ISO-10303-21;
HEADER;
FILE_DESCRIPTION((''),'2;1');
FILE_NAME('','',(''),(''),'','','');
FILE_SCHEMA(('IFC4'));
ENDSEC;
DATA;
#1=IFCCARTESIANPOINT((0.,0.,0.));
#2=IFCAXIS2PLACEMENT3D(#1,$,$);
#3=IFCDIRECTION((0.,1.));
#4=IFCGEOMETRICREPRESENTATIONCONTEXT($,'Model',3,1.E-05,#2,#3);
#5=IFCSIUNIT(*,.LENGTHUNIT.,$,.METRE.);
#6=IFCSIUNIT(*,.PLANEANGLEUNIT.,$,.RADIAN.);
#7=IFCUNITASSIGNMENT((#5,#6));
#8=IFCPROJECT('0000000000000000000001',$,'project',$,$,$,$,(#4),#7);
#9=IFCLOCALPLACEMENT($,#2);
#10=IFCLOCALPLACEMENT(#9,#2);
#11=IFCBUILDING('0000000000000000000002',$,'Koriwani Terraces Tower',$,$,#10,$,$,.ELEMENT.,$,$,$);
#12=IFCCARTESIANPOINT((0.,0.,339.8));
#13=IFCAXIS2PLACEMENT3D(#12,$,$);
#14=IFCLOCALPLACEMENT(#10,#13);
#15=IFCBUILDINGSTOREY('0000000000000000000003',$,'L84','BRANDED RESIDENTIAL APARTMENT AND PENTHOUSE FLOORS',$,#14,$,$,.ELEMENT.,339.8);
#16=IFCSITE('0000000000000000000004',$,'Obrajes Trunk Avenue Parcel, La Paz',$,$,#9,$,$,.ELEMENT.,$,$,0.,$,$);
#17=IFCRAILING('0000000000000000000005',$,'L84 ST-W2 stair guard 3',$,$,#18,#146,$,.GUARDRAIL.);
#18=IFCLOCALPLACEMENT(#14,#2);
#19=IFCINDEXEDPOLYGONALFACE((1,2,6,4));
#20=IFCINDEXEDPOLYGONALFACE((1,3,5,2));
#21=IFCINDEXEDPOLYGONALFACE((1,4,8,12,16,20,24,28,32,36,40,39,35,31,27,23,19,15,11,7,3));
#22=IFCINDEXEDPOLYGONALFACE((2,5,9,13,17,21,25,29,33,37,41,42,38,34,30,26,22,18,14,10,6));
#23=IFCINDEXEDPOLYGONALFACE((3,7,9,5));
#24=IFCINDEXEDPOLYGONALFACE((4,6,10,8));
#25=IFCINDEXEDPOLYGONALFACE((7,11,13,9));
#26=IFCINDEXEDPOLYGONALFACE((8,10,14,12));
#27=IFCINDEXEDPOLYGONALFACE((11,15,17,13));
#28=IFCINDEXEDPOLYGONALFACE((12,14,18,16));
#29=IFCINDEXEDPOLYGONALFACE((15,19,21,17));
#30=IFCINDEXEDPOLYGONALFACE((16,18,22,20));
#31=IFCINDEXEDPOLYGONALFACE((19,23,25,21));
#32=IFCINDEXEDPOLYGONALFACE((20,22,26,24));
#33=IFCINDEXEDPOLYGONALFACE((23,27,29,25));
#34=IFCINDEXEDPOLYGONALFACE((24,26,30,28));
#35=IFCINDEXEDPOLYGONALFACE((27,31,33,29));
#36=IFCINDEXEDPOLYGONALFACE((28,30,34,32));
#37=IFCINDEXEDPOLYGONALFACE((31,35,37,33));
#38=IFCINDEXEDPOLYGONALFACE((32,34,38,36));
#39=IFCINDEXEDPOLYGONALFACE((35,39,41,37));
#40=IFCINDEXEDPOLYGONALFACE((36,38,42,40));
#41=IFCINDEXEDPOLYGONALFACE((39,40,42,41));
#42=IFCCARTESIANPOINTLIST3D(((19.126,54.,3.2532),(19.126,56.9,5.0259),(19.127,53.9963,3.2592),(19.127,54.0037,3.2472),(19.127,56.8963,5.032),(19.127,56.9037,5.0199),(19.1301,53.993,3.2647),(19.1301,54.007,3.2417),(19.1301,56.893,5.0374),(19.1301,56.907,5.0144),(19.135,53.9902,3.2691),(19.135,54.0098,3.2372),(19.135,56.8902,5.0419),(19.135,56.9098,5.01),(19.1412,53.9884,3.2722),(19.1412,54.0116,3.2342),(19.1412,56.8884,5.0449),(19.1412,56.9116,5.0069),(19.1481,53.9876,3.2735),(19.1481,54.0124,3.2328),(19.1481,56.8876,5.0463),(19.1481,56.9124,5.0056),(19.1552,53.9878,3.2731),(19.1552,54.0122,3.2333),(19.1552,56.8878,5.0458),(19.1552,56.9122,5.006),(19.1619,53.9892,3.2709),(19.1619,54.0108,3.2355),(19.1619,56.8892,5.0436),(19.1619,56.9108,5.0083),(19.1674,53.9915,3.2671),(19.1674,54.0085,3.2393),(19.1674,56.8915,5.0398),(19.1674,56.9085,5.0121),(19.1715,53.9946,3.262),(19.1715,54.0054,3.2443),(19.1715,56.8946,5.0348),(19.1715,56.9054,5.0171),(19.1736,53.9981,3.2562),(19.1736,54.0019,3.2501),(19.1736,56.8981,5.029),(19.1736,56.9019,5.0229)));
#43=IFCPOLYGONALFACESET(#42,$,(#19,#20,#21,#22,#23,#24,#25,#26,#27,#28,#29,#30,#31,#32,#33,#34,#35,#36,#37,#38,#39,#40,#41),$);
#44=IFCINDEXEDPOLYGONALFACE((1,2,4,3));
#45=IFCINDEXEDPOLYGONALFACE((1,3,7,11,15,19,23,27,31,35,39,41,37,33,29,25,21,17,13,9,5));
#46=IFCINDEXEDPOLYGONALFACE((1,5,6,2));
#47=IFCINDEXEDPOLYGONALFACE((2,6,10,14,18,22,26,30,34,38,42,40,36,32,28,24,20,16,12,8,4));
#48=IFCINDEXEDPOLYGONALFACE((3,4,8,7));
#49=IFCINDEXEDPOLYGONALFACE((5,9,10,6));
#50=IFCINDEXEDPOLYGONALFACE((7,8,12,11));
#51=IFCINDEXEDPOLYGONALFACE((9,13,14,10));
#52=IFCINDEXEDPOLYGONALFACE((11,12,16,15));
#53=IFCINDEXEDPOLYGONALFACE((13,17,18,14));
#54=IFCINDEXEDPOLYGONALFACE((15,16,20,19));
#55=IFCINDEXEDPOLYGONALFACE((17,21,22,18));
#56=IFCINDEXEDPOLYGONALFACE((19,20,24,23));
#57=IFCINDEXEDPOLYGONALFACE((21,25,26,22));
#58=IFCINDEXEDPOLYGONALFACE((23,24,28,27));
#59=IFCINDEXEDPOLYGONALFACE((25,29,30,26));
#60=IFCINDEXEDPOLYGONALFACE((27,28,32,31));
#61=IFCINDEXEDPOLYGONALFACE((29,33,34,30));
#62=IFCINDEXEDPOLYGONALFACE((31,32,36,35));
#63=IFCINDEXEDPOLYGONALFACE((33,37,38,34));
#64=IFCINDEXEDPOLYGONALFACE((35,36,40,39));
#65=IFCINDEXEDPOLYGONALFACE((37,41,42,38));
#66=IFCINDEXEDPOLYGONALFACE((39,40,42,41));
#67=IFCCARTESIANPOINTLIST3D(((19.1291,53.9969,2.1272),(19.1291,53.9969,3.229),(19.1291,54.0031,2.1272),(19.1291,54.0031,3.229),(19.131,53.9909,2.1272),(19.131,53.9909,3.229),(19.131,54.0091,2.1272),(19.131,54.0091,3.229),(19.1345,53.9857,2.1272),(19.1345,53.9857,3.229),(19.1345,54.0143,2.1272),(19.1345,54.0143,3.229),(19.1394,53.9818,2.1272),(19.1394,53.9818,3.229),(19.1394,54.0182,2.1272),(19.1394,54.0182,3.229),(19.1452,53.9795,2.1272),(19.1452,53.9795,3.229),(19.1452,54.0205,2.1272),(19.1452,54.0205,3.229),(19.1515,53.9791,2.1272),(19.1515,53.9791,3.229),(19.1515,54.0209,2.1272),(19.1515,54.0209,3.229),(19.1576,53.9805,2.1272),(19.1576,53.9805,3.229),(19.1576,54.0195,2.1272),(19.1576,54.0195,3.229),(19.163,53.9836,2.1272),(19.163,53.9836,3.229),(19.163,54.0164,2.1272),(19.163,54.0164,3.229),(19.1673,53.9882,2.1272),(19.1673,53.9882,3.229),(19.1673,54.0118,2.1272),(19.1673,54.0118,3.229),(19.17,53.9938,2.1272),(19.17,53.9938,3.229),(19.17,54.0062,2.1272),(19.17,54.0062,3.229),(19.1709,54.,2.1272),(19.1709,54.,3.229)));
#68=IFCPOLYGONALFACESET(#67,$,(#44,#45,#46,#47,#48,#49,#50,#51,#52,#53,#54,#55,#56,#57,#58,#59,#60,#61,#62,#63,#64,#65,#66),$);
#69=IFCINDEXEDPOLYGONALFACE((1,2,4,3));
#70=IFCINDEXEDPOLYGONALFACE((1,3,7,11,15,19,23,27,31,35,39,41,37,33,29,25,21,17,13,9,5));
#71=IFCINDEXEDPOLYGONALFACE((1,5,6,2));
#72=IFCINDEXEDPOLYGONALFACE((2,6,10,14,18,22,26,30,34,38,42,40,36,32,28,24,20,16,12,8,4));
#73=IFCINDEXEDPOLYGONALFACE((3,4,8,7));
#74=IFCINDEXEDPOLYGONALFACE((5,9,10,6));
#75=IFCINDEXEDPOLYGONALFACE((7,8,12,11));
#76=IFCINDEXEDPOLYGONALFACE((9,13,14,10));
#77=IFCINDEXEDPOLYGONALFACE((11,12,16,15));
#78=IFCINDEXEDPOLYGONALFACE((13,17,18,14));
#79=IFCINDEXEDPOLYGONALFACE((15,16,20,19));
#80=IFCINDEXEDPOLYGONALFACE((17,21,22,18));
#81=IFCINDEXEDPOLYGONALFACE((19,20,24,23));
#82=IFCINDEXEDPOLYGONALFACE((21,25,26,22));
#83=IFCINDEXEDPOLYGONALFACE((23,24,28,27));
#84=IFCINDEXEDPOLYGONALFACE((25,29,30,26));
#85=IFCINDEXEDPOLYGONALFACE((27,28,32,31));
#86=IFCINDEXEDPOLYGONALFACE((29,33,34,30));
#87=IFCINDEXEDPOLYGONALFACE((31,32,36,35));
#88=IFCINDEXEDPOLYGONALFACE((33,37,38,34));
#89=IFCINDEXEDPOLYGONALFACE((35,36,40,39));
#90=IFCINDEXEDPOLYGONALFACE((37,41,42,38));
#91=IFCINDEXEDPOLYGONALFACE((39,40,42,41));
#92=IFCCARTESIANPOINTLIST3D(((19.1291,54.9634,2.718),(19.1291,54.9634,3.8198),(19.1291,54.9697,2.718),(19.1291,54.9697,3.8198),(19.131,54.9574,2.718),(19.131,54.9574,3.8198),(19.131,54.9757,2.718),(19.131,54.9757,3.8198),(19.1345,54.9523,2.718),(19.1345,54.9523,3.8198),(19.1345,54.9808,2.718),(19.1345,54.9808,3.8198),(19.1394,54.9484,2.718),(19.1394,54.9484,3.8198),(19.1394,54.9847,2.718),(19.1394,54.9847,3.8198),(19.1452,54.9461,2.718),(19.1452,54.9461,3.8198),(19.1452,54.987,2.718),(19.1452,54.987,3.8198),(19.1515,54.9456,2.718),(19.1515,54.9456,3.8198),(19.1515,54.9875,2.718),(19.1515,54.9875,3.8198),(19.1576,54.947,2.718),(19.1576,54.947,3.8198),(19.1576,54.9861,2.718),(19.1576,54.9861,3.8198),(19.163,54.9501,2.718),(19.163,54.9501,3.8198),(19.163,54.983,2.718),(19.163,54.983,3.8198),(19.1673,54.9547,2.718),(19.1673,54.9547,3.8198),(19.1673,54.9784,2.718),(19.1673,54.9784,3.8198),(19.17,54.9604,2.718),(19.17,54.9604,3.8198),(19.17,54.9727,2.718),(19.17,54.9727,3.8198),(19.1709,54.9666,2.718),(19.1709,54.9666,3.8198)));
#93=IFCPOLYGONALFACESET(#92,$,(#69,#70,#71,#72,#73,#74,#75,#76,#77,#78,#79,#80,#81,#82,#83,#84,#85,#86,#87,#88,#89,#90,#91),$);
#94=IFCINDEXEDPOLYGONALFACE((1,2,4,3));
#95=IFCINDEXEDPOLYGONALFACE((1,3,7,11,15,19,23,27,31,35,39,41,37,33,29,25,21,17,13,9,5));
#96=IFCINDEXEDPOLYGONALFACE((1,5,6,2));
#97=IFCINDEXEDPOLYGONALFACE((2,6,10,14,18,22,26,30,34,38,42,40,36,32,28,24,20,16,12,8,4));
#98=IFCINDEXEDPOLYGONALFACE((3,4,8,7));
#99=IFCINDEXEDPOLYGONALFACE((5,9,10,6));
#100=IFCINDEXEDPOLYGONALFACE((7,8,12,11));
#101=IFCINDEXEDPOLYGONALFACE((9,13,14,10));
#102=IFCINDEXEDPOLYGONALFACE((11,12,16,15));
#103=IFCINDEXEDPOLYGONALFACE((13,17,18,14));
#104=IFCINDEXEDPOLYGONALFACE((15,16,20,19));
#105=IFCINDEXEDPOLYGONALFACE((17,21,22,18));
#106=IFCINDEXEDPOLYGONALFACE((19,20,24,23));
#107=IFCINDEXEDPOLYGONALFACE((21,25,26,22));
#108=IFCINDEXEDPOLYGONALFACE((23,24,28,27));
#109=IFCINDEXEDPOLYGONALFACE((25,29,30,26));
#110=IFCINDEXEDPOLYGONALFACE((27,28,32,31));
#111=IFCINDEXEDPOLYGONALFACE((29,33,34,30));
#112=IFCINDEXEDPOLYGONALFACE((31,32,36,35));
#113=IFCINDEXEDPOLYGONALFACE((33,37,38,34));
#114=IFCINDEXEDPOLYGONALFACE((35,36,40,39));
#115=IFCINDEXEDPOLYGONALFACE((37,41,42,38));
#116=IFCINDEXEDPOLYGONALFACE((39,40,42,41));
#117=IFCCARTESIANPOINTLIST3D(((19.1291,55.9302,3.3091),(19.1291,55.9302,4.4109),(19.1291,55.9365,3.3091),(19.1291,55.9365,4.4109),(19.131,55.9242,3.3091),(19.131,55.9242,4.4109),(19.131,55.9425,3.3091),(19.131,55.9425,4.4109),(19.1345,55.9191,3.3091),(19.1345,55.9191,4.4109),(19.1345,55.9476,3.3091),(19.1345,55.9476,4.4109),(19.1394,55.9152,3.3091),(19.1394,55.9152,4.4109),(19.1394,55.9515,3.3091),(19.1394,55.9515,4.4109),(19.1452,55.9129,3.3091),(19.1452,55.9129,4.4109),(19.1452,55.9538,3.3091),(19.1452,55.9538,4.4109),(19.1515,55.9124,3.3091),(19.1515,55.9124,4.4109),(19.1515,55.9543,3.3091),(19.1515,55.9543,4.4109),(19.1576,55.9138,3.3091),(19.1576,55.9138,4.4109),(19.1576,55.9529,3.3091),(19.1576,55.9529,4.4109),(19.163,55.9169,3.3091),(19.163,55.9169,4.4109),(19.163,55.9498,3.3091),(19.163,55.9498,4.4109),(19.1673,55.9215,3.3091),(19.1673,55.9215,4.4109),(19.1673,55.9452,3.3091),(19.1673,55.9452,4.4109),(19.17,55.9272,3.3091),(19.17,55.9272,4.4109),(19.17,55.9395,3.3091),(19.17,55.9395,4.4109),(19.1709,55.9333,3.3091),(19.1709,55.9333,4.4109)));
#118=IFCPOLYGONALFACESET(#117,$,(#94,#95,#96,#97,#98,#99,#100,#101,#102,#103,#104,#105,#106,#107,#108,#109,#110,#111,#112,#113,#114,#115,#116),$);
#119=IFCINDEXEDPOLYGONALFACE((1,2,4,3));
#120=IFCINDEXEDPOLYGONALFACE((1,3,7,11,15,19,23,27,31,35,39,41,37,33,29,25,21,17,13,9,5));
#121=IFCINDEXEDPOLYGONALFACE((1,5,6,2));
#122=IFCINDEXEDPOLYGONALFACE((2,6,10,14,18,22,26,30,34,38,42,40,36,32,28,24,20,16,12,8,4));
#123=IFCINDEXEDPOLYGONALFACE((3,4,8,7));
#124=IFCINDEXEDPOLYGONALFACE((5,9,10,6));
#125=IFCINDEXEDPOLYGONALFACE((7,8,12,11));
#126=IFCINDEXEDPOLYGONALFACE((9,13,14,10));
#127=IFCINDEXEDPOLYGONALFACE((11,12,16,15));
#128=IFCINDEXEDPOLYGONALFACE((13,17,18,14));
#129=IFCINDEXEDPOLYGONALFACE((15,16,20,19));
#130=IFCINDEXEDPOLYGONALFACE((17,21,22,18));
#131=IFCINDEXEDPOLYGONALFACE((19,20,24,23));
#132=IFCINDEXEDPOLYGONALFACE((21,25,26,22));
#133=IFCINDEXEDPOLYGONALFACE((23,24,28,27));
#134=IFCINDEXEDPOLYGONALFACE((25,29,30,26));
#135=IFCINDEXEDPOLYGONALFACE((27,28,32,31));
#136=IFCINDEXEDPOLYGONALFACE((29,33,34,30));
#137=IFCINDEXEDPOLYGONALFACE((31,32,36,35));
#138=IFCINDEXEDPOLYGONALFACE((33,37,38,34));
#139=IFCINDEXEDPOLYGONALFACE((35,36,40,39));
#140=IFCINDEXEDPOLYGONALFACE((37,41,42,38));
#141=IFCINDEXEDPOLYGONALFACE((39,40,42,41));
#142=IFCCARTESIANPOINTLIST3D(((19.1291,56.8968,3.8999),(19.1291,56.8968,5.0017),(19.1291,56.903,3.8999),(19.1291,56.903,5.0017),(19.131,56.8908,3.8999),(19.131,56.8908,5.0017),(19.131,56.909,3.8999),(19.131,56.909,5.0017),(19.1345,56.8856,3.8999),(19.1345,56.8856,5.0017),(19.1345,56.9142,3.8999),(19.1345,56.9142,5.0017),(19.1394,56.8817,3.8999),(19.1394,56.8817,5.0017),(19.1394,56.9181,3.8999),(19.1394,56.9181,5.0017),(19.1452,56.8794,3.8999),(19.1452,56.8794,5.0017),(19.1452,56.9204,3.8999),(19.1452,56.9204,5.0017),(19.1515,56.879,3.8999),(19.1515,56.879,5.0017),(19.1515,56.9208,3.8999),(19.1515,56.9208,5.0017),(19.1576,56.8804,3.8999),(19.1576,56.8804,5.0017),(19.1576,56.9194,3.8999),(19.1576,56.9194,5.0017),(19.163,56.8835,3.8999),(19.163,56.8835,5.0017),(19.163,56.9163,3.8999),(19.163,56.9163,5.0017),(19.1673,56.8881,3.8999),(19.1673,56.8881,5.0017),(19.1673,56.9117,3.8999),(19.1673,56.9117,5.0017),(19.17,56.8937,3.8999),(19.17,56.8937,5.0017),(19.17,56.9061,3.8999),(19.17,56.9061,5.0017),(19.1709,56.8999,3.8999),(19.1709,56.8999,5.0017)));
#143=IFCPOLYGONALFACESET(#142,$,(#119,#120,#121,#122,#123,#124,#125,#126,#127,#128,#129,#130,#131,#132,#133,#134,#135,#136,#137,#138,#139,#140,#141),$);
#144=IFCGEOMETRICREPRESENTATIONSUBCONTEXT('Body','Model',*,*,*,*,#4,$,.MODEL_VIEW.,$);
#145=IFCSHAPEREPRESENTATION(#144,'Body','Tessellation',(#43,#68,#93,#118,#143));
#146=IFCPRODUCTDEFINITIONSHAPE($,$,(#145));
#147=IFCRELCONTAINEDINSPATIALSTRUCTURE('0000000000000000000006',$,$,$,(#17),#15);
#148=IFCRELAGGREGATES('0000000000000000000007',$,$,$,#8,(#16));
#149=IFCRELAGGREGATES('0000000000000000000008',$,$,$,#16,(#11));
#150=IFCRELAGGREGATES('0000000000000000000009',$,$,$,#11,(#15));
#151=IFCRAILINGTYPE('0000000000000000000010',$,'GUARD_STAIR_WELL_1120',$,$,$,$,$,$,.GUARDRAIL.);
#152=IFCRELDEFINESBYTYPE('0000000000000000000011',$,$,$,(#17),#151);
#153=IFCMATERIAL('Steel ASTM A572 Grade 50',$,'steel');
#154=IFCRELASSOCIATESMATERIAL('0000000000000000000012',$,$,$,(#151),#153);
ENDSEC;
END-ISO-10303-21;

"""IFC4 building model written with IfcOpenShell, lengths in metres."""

from ifc_helpers import new_model, si_unit, direction, frame, origin, origin_2d, place, context, subcontext, project, spatial, circle, extrude, material, type_object, element, save


model = new_model("IFC4")

# Units and contexts
model_context = context("Model", 3, precision=1e-05, world=origin(), true_north=direction((0.0, 1.0)))
body_context = subcontext(model_context, "Body", "Model", "MODEL_VIEW")
ifc_project = project(units=[si_unit("LENGTHUNIT", "METRE"), si_unit("PLANEANGLEUNIT", "RADIAN")], contexts=[model_context])

# Site, building, storey
site_placement = place(None, origin())
site = spatial("IfcSite", under=ifc_project, at=site_placement, Name="Obrajes Trunk Avenue Parcel, La Paz", CompositionType="ELEMENT", RefElevation=0.0)
building_placement = place(site_placement, origin())
building = spatial("IfcBuilding", under=site, at=building_placement, Name="Koriwani Terraces Tower", CompositionType="ELEMENT")
storey_placement = place(building_placement, frame((0.0, 0.0, 339.8)))
storey = spatial("IfcBuildingStorey", under=building, at=storey_placement, Name="L84", Description="BRANDED RESIDENTIAL APARTMENT AND PENTHOUSE FLOORS", CompositionType="ELEMENT", Elevation=339.8)

# Shared definitions
ifc_material_1 = material(Name="Steel ASTM A572 Grade 50", Category="steel")

# Railing
railing_type_1 = type_object("IfcRailingType", Name="GUARD_STAIR_WELL_1120", PredefinedType="GUARDRAIL", material=ifc_material_1)
railing_1_placement = place(storey_placement, frame((19.1499, 54.0, 2.1272)))
element("IfcRailing", 1, at=railing_1_placement, inside=storey, type_object=railing_type_1, Name="L84 ST-W2 stair guard 3", PredefinedType="GUARDRAIL", context=body_context, shape_type="SweptSolid", body=[
    extrude(circle(Radius=0.0239, at=origin_2d()), frame((0.0, 0.0, 1.126), z_axis=(0.0, 0.853211, 0.521566), x_axis=(-1.0, 0.0, 0.0)), (0.0, 0.0, 1.0), 3.3989),
    extrude(circle(Radius=0.021, at=origin_2d()), origin(), (0.0, 0.0, 1.0), 1.1018),
    extrude(circle(Radius=0.021, at=origin_2d()), frame((0.0, 0.9666, 0.5908)), (0.0, 0.0, 1.0), 1.1018),
    extrude(circle(Radius=0.021, at=origin_2d()), frame((0.0, 1.9333, 1.1819)), (0.0, 0.0, 1.0), 1.1018),
    extrude(circle(Radius=0.021, at=origin_2d()), frame((0.0, 2.8999, 1.7727)), (0.0, 0.0, 1.0), 1.1018),
])

save(model, "model.ifc")
